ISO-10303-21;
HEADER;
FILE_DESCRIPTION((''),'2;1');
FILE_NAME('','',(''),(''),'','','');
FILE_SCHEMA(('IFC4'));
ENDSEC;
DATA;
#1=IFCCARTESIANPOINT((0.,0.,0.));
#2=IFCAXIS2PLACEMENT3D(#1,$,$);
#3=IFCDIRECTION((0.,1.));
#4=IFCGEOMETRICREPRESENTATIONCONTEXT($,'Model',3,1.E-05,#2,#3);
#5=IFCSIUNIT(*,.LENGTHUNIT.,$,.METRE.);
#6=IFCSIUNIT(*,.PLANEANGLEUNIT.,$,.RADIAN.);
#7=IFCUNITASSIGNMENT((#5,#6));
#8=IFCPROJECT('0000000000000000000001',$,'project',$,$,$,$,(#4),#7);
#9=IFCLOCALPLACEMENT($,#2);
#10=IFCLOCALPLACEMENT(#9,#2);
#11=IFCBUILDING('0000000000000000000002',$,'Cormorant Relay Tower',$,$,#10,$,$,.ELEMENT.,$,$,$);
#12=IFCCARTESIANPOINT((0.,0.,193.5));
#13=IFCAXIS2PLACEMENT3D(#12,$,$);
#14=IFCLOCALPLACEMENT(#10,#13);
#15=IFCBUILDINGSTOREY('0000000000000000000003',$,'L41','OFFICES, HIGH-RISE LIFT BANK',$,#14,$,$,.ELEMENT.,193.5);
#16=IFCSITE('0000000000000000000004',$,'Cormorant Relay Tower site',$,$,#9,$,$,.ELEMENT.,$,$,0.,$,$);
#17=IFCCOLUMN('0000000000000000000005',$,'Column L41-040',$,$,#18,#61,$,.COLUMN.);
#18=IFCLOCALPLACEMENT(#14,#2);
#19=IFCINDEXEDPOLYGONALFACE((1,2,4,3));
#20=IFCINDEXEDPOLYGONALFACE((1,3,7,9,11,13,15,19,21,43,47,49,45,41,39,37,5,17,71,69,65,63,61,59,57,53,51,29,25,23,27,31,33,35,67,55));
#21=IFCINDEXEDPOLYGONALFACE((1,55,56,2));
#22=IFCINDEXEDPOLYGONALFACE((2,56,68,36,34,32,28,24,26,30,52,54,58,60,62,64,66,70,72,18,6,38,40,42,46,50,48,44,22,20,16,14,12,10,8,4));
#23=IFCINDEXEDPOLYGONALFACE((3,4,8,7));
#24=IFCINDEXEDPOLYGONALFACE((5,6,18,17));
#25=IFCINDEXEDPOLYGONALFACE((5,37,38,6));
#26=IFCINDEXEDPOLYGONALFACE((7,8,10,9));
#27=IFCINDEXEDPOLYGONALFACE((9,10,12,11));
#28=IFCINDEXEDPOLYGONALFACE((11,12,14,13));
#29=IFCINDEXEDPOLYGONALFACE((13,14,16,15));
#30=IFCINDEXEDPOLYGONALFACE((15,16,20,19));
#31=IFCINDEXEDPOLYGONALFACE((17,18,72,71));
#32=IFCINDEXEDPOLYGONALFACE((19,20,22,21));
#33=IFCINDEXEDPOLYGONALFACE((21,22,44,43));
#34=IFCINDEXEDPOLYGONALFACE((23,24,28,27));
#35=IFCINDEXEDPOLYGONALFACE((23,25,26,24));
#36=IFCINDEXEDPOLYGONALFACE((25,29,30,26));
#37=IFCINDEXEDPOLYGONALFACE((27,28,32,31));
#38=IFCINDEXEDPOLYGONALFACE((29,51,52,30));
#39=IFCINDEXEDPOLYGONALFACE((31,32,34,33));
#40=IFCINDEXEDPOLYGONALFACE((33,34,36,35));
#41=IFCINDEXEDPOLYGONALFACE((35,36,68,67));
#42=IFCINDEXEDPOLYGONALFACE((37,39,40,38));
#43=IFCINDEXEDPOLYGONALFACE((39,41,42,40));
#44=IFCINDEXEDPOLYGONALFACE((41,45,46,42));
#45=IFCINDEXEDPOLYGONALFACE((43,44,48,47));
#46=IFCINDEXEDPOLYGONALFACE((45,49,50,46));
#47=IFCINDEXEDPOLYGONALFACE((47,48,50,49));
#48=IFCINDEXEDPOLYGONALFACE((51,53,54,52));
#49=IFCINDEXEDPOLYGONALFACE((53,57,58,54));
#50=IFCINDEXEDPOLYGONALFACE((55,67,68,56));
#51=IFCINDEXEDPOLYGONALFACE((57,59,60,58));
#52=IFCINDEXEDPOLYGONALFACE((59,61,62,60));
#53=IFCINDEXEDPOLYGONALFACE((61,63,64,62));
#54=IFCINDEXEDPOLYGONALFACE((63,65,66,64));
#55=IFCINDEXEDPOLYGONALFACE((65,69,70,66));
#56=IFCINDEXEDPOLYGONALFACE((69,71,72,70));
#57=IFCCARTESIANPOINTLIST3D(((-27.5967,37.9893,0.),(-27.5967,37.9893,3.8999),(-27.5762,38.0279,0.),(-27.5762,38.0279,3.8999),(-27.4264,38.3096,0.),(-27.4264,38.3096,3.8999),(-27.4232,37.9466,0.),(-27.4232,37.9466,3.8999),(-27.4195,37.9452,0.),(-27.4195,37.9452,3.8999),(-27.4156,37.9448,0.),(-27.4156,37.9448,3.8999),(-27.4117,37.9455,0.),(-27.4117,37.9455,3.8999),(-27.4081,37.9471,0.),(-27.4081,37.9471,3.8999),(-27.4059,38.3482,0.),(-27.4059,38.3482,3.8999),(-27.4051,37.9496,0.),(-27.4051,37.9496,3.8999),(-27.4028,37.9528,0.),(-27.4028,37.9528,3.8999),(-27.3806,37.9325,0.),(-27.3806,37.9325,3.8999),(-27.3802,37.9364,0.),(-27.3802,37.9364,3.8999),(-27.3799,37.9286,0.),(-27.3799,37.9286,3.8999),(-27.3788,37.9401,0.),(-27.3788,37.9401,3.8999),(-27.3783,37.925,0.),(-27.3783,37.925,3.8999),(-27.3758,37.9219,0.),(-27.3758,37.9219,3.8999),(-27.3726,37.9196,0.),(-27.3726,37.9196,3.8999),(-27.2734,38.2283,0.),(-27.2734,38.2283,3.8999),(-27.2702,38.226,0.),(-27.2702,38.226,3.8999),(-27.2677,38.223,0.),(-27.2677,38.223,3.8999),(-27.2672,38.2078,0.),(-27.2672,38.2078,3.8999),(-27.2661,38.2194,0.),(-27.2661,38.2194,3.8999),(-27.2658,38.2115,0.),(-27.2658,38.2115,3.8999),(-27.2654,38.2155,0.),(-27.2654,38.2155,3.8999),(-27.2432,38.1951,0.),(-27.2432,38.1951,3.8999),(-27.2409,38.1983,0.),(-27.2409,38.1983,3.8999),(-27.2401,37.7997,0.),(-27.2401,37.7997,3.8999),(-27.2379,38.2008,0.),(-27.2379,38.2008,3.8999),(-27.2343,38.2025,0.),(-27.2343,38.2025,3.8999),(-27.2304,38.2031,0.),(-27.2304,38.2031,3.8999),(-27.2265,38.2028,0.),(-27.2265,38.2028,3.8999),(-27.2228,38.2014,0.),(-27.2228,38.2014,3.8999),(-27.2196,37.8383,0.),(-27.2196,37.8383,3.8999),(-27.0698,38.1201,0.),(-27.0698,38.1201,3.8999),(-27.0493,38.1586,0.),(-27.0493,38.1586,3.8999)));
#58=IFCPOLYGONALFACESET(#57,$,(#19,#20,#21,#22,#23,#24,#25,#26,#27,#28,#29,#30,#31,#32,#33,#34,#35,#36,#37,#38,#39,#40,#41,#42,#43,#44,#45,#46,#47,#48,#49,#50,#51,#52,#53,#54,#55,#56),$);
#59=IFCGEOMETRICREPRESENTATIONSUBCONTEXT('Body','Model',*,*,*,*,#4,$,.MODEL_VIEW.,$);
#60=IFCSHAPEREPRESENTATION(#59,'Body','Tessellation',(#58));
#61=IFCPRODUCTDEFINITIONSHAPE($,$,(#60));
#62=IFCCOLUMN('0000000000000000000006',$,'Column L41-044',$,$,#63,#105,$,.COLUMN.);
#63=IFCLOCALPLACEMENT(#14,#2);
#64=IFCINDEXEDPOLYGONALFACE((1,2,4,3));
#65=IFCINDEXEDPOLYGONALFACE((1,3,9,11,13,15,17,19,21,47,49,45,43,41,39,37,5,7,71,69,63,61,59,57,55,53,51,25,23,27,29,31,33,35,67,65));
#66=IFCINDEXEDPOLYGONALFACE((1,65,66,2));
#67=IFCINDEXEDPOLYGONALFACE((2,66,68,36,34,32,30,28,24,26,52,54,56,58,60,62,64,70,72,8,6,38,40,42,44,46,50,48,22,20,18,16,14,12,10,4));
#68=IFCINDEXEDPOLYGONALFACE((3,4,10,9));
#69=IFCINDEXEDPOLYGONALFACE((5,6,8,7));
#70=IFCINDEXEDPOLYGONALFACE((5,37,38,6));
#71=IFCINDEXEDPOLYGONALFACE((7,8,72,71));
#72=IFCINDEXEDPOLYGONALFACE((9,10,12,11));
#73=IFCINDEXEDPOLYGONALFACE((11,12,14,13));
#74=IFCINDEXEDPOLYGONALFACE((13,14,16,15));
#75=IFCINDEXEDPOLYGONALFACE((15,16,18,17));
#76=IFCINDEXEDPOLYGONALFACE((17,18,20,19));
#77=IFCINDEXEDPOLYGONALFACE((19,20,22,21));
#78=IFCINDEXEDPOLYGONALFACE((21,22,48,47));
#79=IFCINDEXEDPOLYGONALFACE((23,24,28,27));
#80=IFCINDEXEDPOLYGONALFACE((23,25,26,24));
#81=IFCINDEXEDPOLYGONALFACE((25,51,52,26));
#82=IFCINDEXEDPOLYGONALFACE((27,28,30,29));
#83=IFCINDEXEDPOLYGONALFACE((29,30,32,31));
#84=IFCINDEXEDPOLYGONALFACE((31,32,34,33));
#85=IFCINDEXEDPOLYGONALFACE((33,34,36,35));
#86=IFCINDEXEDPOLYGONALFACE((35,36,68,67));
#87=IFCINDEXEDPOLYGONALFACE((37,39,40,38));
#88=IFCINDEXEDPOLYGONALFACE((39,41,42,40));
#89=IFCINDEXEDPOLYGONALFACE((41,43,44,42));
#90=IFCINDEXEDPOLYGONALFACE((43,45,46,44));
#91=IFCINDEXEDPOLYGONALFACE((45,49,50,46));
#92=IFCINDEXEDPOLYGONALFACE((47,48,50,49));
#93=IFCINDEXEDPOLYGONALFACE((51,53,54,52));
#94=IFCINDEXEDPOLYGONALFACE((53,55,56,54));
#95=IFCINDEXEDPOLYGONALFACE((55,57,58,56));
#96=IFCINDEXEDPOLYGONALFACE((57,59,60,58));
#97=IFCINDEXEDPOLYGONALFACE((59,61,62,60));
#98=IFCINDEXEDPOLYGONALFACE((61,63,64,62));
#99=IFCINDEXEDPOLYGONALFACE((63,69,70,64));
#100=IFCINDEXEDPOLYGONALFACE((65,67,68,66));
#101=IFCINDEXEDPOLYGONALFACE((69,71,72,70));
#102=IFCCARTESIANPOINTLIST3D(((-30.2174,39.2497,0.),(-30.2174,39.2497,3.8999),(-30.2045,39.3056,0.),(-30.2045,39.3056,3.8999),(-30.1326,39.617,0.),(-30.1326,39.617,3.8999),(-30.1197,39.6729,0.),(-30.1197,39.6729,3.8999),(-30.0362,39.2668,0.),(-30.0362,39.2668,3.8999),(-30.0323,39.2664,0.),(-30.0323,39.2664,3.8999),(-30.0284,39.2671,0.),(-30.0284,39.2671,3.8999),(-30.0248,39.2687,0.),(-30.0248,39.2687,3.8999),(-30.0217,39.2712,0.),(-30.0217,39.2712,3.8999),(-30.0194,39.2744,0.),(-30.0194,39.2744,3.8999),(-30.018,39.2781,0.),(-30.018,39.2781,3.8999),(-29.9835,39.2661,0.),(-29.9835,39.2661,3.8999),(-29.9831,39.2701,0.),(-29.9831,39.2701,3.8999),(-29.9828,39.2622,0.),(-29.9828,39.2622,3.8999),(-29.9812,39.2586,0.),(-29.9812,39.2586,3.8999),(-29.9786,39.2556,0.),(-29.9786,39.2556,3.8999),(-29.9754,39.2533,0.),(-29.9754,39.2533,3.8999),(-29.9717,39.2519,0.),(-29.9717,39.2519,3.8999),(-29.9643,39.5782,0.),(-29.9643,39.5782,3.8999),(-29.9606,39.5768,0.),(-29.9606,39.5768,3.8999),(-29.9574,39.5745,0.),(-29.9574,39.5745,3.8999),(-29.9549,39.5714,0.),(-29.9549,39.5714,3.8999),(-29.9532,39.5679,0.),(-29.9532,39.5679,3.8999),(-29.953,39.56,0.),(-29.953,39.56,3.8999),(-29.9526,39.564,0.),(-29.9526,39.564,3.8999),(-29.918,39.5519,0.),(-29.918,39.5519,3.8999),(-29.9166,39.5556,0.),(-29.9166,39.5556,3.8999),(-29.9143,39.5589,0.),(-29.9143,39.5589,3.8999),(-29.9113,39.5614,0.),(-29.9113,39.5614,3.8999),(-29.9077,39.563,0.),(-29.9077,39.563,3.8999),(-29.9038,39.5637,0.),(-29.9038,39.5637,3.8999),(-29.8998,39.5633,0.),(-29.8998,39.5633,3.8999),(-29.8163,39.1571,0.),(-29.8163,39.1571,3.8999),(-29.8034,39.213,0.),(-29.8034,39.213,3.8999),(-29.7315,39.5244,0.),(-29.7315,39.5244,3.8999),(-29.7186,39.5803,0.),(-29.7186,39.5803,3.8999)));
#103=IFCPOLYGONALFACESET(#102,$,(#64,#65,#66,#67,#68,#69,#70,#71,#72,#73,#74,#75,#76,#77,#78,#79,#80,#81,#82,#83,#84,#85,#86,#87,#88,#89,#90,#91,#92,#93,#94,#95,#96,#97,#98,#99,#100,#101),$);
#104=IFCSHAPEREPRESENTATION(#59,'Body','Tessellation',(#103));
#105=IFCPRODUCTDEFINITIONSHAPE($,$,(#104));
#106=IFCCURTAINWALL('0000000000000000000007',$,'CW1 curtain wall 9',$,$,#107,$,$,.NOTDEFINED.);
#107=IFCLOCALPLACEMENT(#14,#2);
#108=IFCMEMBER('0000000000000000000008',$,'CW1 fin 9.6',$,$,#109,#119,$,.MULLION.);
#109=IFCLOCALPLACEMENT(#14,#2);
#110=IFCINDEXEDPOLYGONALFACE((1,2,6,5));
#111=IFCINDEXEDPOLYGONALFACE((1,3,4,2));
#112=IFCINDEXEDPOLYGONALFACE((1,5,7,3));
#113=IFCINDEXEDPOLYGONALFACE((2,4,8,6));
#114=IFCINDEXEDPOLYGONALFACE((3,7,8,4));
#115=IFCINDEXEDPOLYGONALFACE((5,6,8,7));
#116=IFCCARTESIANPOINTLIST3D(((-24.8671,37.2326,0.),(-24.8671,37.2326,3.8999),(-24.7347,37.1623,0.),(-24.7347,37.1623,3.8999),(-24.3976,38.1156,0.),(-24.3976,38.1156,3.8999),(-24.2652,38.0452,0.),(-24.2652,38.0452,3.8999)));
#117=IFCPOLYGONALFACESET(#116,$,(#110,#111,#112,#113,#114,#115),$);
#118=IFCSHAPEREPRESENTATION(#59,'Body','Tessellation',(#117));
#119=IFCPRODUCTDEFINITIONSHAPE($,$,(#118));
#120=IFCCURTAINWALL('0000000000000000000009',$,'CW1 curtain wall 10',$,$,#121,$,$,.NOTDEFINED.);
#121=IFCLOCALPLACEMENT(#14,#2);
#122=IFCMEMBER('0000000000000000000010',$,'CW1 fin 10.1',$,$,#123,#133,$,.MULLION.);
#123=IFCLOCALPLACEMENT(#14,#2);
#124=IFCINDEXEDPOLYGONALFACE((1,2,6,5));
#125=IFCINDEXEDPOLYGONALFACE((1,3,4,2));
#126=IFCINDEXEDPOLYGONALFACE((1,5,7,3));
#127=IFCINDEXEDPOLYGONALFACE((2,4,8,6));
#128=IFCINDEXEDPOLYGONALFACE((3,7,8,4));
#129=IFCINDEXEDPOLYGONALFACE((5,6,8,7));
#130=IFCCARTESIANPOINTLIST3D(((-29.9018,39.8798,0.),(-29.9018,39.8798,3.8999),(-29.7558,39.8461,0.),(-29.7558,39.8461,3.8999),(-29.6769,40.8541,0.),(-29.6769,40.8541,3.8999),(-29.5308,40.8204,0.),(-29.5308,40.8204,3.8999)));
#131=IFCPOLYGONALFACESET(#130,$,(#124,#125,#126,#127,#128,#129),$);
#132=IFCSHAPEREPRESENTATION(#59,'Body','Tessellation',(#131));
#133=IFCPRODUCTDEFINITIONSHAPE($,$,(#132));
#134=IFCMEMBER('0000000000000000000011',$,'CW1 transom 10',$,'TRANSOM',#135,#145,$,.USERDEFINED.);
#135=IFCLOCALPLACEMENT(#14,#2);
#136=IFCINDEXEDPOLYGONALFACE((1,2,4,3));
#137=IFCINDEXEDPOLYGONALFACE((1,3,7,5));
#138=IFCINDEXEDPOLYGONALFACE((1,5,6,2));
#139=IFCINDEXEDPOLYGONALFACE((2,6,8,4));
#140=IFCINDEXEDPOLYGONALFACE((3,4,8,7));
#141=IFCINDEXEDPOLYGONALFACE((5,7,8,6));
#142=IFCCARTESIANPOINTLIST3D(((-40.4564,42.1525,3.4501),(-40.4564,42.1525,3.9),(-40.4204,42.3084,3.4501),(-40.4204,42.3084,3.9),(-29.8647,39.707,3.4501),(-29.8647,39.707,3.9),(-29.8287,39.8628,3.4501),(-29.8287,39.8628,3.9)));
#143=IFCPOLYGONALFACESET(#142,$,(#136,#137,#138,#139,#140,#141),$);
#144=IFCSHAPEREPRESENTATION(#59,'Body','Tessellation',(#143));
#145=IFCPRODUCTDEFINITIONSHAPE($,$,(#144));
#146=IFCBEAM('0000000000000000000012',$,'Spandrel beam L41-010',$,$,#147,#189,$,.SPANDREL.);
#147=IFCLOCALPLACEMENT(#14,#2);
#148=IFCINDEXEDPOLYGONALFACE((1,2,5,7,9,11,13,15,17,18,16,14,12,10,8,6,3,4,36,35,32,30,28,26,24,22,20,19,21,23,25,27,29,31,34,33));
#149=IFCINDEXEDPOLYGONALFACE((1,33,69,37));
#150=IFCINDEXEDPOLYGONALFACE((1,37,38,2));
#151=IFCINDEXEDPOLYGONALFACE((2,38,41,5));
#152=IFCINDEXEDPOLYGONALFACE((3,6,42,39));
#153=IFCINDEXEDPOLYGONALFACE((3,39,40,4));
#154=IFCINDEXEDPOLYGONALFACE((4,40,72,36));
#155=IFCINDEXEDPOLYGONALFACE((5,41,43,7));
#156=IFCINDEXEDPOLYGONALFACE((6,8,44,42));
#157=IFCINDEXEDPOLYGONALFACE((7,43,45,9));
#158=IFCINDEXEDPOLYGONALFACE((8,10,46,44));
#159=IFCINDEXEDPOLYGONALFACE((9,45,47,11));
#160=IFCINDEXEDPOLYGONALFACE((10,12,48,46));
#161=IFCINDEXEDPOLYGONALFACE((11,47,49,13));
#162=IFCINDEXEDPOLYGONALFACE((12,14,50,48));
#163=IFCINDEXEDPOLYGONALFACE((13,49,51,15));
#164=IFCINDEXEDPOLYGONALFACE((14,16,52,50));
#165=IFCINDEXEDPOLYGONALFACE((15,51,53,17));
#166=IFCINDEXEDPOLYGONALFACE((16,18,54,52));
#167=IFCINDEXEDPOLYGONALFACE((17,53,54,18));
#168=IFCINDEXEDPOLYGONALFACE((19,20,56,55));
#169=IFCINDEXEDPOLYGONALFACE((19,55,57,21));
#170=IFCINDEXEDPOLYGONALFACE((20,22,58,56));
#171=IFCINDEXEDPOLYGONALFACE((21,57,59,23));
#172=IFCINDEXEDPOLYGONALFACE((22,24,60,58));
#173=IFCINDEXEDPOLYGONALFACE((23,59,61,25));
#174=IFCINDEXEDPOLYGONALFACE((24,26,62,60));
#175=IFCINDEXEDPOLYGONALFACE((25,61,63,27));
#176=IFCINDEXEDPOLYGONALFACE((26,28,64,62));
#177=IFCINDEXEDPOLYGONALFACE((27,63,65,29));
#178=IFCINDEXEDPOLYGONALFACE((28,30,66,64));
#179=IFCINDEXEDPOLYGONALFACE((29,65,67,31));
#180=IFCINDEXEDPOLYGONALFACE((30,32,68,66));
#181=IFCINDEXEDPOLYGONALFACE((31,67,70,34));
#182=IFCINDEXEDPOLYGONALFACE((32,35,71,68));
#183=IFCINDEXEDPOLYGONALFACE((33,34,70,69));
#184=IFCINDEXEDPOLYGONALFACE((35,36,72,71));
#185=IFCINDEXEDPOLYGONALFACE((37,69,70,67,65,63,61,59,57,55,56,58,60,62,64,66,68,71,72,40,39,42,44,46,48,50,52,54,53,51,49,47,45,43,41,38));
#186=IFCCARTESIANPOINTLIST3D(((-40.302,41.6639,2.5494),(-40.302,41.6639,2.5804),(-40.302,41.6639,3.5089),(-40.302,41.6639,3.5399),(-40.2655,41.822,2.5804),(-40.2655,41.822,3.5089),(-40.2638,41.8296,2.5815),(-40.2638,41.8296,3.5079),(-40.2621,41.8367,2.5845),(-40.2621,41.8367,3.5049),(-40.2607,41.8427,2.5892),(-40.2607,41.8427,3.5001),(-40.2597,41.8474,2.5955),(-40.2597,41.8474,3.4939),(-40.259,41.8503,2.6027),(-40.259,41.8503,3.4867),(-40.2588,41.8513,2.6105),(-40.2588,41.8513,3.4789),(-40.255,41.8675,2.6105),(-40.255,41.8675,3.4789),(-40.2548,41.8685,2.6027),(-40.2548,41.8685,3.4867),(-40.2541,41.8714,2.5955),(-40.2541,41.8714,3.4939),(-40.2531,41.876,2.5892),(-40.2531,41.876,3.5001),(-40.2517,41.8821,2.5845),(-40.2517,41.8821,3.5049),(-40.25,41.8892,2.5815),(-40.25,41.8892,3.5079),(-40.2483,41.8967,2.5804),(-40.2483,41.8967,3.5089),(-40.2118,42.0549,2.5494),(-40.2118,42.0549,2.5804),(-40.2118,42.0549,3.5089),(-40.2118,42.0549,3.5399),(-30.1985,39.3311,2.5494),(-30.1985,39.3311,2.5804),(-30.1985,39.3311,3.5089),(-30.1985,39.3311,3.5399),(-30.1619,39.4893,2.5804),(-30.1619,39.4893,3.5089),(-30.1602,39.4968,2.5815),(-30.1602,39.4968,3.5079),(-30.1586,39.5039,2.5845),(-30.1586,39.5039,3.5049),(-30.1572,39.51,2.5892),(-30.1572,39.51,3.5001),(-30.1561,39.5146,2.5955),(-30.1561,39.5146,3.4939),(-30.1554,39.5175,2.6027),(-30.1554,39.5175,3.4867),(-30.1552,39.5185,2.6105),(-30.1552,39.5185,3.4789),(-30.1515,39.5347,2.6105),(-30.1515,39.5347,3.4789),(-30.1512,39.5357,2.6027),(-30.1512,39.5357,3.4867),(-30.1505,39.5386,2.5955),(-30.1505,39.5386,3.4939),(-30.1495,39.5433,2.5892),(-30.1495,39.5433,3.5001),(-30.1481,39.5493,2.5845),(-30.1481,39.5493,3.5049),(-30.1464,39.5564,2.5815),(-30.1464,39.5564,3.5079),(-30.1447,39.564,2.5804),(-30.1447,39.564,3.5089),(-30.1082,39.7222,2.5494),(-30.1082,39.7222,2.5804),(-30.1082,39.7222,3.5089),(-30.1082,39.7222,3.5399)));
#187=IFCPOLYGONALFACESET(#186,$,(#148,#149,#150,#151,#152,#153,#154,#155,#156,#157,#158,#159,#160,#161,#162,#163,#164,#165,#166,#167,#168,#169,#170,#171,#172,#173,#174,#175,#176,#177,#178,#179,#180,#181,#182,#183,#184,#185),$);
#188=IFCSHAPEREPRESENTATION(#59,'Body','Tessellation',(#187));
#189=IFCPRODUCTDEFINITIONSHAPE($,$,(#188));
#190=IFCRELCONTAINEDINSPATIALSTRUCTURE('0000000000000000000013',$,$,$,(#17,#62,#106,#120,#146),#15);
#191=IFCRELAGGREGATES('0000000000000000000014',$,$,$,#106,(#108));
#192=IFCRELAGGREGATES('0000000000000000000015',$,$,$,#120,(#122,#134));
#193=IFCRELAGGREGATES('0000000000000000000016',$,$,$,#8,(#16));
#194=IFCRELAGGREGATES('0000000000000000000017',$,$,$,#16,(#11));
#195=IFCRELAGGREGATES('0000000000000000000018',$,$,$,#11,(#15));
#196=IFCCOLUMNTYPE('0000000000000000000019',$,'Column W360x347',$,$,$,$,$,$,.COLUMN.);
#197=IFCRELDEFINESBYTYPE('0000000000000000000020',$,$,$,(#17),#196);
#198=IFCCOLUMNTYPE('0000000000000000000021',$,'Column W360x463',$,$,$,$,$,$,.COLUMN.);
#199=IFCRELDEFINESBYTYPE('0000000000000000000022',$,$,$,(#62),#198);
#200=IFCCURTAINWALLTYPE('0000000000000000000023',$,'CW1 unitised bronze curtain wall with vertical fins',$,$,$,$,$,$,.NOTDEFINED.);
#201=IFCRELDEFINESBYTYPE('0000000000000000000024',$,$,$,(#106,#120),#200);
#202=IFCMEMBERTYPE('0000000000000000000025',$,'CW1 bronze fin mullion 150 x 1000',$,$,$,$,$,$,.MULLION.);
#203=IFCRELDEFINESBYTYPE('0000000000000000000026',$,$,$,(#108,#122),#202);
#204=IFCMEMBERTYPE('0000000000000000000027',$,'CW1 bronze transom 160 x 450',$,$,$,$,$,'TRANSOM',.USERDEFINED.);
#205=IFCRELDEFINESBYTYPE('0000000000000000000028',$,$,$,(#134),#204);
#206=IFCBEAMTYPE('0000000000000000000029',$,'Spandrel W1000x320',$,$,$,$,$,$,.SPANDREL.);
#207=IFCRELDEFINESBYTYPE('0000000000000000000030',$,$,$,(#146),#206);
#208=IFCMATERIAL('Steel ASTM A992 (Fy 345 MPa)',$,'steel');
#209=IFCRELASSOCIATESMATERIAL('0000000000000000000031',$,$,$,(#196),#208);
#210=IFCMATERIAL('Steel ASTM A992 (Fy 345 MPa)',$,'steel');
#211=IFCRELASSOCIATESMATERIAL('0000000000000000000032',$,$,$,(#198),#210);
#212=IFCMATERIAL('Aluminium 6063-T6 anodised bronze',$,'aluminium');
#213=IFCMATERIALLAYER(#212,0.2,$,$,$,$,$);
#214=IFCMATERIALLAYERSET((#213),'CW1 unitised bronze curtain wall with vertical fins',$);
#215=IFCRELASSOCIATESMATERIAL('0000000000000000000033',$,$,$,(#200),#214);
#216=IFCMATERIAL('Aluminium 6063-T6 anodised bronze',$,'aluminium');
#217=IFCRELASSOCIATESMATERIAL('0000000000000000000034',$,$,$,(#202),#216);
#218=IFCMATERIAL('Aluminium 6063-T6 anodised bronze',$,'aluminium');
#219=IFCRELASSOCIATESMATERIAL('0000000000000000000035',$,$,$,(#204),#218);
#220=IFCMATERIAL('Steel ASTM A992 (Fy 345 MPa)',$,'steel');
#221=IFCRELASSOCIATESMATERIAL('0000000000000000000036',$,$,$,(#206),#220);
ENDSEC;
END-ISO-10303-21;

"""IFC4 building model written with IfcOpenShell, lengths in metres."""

from ifc_helpers import new_model, si_unit, direction, frame, origin, origin_2d, place, context, subcontext, project, spatial, rectangle, i_section, extrude, material, layer, layer_set, material_profile, profile_set, type_object, element, aggregate, save


model = new_model("IFC4")

# Units and contexts
model_context = context("Model", 3, precision=1e-05, world=origin(), true_north=direction((0.0, 1.0)))
body_context = subcontext(model_context, "Body", "Model", "MODEL_VIEW")
ifc_project = project(units=[si_unit("LENGTHUNIT", "METRE"), si_unit("PLANEANGLEUNIT", "RADIAN")], contexts=[model_context])

# Site, building, storey
site_placement = place(None, origin())
site = spatial("IfcSite", under=ifc_project, at=site_placement, Name="Cormorant Relay Tower site", CompositionType="ELEMENT", RefElevation=0.0)
building_placement = place(site_placement, origin())
building = spatial("IfcBuilding", under=site, at=building_placement, Name="Cormorant Relay Tower", CompositionType="ELEMENT")
storey_placement = place(building_placement, frame((0.0, 0.0, 193.5)))
storey = spatial("IfcBuildingStorey", under=building, at=storey_placement, Name="L41", Description="OFFICES, HIGH-RISE LIFT BANK", CompositionType="ELEMENT", Elevation=193.5)

# Columns
ifc_material_1 = material(Name="Steel ASTM A992 (Fy 345 MPa)", Category="steel")
ifc_material_profile_1 = material_profile(ifc_material_1, i_section(OverallWidth=0.4038, OverallDepth=0.4065, WebThickness=0.0271, FlangeThickness=0.0437, FilletRadius=0.0151, at=origin_2d()), Name="W360x347")
ifc_profile_set_1 = profile_set([ifc_material_profile_1], Name="Steel ASTM A992 (Fy 345 MPa)")
column_type_1 = type_object("IfcColumnType", Name="Column W360x347", PredefinedType="COLUMN", material=ifc_profile_set_1)
column_1_placement = place(storey_placement, frame((-27.323, 38.074, 0.0), z_axis=(0.0, 0.0, 1.0), x_axis=(-0.882948, 0.469472, 0.0)))
element("IfcColumn", 1, at=column_1_placement, inside=storey, type_object=column_type_1, Name="Column L41-040", PredefinedType="COLUMN", context=body_context, shape_type="SweptSolid", body=[
    extrude(i_section(OverallWidth=0.4038, OverallDepth=0.4065, WebThickness=0.0271, FlangeThickness=0.0437, FilletRadius=0.0151, at=origin_2d()), origin(), (0.0, 0.0, 1.0), 3.8999),
])
ifc_material_2 = material(Name="Steel ASTM A992 (Fy 345 MPa)", Category="steel")
ifc_material_profile_2 = material_profile(ifc_material_2, i_section(OverallWidth=0.4116, OverallDepth=0.4343, WebThickness=0.0359, FlangeThickness=0.0574, FilletRadius=0.0151, at=origin_2d()), Name="W360x463")
ifc_profile_set_2 = profile_set([ifc_material_profile_2], Name="Steel ASTM A992 (Fy 345 MPa)")
column_type_2 = type_object("IfcColumnType", Name="Column W360x463", PredefinedType="COLUMN", material=ifc_profile_set_2)
column_2_placement = place(storey_placement, frame((-29.968, 39.415, 0.0), z_axis=(0.0, 0.0, 1.0), x_axis=(-0.97437, 0.224951, 0.0)))
element("IfcColumn", 2, at=column_2_placement, inside=storey, type_object=column_type_2, Name="Column L41-044", PredefinedType="COLUMN", context=body_context, shape_type="SweptSolid", body=[
    extrude(i_section(OverallWidth=0.4116, OverallDepth=0.4343, WebThickness=0.0359, FlangeThickness=0.0574, FilletRadius=0.0151, at=origin_2d()), origin(), (0.0, 0.0, 1.0), 3.8999),
])

# Curtain wall, member
ifc_material_3 = material(Name="Aluminium 6063-T6 anodised bronze", Category="aluminium")
ifc_layer_1 = layer(ifc_material_3, 0.2)
ifc_layer_set_1 = layer_set([ifc_layer_1], Name="CW1 unitised bronze curtain wall with vertical fins")
curtain_wall_type = type_object("IfcCurtainWallType", Name="CW1 unitised bronze curtain wall with vertical fins", PredefinedType="NOTDEFINED", material=ifc_layer_set_1)
curtain_wall_1_placement = place(storey_placement, origin())
curtain_wall_1 = element("IfcCurtainWall", 3, at=curtain_wall_1_placement, inside=storey, type_object=curtain_wall_type, Name="CW1 curtain wall 9", PredefinedType="NOTDEFINED")
ifc_material_4 = material(Name="Aluminium 6063-T6 anodised bronze", Category="aluminium")
ifc_material_profile_3 = material_profile(ifc_material_4, rectangle(XDim=0.1499, YDim=1.0, at=origin_2d()), Name="AL 150x1000")
ifc_profile_set_3 = profile_set([ifc_material_profile_3], Name="Aluminium 6063-T6 anodised bronze")
member_type_1 = type_object("IfcMemberType", Name="CW1 bronze fin mullion 150 x 1000", PredefinedType="MULLION", material=ifc_profile_set_3)
member_1_placement = place(storey_placement, frame((-24.5662, 37.6389, 0.0), z_axis=(0.0, 0.0, 1.0), x_axis=(-0.882948, 0.469472, 0.0)))
member_1 = element("IfcMember", 4, at=member_1_placement, type_object=member_type_1, Name="CW1 fin 9.6", PredefinedType="MULLION", context=body_context, shape_type="SweptSolid", body=[
    extrude(rectangle(XDim=0.1499, YDim=1.0, at=origin_2d()), origin(), (0.0, 0.0, 1.0), 3.8999),
])

# Curtain wall, members
curtain_wall_2_placement = place(storey_placement, origin())
curtain_wall_2 = element("IfcCurtainWall", 5, at=curtain_wall_2_placement, inside=storey, type_object=curtain_wall_type, Name="CW1 curtain wall 10", PredefinedType="NOTDEFINED")
member_2_placement = place(storey_placement, frame((-29.7163, 40.3501, 0.0), z_axis=(0.0, 0.0, 1.0), x_axis=(-0.97437, 0.224951, 0.0)))
member_2 = element("IfcMember", 6, at=member_2_placement, type_object=member_type_1, Name="CW1 fin 10.1", PredefinedType="MULLION", context=body_context, shape_type="SweptSolid", body=[
    extrude(rectangle(XDim=0.1499, YDim=1.0, at=origin_2d()), origin(), (0.0, 0.0, 1.0), 3.8999),
])
ifc_material_5 = material(Name="Aluminium 6063-T6 anodised bronze", Category="aluminium")
ifc_material_profile_4 = material_profile(ifc_material_5, rectangle(XDim=0.1599, YDim=0.45, at=origin_2d()), Name="AL 160x450")
ifc_profile_set_4 = profile_set([ifc_material_profile_4], Name="Aluminium 6063-T6 anodised bronze")
member_type_2 = type_object("IfcMemberType", Name="CW1 bronze transom 160 x 450", ElementType="TRANSOM", PredefinedType="USERDEFINED", material=ifc_profile_set_4)
member_3_placement = place(storey_placement, frame((-29.8467, 39.7849, 3.675), z_axis=(-0.974365, 0.224973, 0.0), x_axis=(-0.224973, -0.974365, 0.0)))
member_3 = element("IfcMember", 7, at=member_3_placement, type_object=member_type_2, Name="CW1 transom 10", ObjectType="TRANSOM", PredefinedType="USERDEFINED", context=body_context, shape_type="SweptSolid", body=[
    extrude(rectangle(XDim=0.1599, YDim=0.45, at=origin_2d()), origin(), (0.0, 0.0, 1.0), 10.8704),
])

# Beam
ifc_material_6 = material(Name="Steel ASTM A992 (Fy 345 MPa)", Category="steel")
ifc_material_profile_5 = material_profile(ifc_material_6, i_section(OverallWidth=0.4014, OverallDepth=0.9905, WebThickness=0.0166, FlangeThickness=0.031, FilletRadius=0.03, at=origin_2d()), Name="W1000x320")
ifc_profile_set_5 = profile_set([ifc_material_profile_5], Name="Steel ASTM A992 (Fy 345 MPa)")
beam_type = type_object("IfcBeamType", Name="Spandrel W1000x320", PredefinedType="SPANDREL", material=ifc_profile_set_5)
beam_placement = place(storey_placement, frame((-30.1533, 39.5266, 3.0447), z_axis=(-0.974366, 0.224968, 0.0), x_axis=(-0.224968, -0.974366, 0.0)))
element("IfcBeam", 8, at=beam_placement, inside=storey, type_object=beam_type, Name="Spandrel beam L41-010", PredefinedType="SPANDREL", context=body_context, shape_type="SweptSolid", body=[
    extrude(i_section(OverallWidth=0.4014, OverallDepth=0.9905, WebThickness=0.0166, FlangeThickness=0.031, FilletRadius=0.03, at=origin_2d()), origin(), (0.0, 0.0, 1.0), 10.3694),
])

aggregate(curtain_wall_1, [member_1])
aggregate(curtain_wall_2, [member_2, member_3])

save(model, "model.ifc")
